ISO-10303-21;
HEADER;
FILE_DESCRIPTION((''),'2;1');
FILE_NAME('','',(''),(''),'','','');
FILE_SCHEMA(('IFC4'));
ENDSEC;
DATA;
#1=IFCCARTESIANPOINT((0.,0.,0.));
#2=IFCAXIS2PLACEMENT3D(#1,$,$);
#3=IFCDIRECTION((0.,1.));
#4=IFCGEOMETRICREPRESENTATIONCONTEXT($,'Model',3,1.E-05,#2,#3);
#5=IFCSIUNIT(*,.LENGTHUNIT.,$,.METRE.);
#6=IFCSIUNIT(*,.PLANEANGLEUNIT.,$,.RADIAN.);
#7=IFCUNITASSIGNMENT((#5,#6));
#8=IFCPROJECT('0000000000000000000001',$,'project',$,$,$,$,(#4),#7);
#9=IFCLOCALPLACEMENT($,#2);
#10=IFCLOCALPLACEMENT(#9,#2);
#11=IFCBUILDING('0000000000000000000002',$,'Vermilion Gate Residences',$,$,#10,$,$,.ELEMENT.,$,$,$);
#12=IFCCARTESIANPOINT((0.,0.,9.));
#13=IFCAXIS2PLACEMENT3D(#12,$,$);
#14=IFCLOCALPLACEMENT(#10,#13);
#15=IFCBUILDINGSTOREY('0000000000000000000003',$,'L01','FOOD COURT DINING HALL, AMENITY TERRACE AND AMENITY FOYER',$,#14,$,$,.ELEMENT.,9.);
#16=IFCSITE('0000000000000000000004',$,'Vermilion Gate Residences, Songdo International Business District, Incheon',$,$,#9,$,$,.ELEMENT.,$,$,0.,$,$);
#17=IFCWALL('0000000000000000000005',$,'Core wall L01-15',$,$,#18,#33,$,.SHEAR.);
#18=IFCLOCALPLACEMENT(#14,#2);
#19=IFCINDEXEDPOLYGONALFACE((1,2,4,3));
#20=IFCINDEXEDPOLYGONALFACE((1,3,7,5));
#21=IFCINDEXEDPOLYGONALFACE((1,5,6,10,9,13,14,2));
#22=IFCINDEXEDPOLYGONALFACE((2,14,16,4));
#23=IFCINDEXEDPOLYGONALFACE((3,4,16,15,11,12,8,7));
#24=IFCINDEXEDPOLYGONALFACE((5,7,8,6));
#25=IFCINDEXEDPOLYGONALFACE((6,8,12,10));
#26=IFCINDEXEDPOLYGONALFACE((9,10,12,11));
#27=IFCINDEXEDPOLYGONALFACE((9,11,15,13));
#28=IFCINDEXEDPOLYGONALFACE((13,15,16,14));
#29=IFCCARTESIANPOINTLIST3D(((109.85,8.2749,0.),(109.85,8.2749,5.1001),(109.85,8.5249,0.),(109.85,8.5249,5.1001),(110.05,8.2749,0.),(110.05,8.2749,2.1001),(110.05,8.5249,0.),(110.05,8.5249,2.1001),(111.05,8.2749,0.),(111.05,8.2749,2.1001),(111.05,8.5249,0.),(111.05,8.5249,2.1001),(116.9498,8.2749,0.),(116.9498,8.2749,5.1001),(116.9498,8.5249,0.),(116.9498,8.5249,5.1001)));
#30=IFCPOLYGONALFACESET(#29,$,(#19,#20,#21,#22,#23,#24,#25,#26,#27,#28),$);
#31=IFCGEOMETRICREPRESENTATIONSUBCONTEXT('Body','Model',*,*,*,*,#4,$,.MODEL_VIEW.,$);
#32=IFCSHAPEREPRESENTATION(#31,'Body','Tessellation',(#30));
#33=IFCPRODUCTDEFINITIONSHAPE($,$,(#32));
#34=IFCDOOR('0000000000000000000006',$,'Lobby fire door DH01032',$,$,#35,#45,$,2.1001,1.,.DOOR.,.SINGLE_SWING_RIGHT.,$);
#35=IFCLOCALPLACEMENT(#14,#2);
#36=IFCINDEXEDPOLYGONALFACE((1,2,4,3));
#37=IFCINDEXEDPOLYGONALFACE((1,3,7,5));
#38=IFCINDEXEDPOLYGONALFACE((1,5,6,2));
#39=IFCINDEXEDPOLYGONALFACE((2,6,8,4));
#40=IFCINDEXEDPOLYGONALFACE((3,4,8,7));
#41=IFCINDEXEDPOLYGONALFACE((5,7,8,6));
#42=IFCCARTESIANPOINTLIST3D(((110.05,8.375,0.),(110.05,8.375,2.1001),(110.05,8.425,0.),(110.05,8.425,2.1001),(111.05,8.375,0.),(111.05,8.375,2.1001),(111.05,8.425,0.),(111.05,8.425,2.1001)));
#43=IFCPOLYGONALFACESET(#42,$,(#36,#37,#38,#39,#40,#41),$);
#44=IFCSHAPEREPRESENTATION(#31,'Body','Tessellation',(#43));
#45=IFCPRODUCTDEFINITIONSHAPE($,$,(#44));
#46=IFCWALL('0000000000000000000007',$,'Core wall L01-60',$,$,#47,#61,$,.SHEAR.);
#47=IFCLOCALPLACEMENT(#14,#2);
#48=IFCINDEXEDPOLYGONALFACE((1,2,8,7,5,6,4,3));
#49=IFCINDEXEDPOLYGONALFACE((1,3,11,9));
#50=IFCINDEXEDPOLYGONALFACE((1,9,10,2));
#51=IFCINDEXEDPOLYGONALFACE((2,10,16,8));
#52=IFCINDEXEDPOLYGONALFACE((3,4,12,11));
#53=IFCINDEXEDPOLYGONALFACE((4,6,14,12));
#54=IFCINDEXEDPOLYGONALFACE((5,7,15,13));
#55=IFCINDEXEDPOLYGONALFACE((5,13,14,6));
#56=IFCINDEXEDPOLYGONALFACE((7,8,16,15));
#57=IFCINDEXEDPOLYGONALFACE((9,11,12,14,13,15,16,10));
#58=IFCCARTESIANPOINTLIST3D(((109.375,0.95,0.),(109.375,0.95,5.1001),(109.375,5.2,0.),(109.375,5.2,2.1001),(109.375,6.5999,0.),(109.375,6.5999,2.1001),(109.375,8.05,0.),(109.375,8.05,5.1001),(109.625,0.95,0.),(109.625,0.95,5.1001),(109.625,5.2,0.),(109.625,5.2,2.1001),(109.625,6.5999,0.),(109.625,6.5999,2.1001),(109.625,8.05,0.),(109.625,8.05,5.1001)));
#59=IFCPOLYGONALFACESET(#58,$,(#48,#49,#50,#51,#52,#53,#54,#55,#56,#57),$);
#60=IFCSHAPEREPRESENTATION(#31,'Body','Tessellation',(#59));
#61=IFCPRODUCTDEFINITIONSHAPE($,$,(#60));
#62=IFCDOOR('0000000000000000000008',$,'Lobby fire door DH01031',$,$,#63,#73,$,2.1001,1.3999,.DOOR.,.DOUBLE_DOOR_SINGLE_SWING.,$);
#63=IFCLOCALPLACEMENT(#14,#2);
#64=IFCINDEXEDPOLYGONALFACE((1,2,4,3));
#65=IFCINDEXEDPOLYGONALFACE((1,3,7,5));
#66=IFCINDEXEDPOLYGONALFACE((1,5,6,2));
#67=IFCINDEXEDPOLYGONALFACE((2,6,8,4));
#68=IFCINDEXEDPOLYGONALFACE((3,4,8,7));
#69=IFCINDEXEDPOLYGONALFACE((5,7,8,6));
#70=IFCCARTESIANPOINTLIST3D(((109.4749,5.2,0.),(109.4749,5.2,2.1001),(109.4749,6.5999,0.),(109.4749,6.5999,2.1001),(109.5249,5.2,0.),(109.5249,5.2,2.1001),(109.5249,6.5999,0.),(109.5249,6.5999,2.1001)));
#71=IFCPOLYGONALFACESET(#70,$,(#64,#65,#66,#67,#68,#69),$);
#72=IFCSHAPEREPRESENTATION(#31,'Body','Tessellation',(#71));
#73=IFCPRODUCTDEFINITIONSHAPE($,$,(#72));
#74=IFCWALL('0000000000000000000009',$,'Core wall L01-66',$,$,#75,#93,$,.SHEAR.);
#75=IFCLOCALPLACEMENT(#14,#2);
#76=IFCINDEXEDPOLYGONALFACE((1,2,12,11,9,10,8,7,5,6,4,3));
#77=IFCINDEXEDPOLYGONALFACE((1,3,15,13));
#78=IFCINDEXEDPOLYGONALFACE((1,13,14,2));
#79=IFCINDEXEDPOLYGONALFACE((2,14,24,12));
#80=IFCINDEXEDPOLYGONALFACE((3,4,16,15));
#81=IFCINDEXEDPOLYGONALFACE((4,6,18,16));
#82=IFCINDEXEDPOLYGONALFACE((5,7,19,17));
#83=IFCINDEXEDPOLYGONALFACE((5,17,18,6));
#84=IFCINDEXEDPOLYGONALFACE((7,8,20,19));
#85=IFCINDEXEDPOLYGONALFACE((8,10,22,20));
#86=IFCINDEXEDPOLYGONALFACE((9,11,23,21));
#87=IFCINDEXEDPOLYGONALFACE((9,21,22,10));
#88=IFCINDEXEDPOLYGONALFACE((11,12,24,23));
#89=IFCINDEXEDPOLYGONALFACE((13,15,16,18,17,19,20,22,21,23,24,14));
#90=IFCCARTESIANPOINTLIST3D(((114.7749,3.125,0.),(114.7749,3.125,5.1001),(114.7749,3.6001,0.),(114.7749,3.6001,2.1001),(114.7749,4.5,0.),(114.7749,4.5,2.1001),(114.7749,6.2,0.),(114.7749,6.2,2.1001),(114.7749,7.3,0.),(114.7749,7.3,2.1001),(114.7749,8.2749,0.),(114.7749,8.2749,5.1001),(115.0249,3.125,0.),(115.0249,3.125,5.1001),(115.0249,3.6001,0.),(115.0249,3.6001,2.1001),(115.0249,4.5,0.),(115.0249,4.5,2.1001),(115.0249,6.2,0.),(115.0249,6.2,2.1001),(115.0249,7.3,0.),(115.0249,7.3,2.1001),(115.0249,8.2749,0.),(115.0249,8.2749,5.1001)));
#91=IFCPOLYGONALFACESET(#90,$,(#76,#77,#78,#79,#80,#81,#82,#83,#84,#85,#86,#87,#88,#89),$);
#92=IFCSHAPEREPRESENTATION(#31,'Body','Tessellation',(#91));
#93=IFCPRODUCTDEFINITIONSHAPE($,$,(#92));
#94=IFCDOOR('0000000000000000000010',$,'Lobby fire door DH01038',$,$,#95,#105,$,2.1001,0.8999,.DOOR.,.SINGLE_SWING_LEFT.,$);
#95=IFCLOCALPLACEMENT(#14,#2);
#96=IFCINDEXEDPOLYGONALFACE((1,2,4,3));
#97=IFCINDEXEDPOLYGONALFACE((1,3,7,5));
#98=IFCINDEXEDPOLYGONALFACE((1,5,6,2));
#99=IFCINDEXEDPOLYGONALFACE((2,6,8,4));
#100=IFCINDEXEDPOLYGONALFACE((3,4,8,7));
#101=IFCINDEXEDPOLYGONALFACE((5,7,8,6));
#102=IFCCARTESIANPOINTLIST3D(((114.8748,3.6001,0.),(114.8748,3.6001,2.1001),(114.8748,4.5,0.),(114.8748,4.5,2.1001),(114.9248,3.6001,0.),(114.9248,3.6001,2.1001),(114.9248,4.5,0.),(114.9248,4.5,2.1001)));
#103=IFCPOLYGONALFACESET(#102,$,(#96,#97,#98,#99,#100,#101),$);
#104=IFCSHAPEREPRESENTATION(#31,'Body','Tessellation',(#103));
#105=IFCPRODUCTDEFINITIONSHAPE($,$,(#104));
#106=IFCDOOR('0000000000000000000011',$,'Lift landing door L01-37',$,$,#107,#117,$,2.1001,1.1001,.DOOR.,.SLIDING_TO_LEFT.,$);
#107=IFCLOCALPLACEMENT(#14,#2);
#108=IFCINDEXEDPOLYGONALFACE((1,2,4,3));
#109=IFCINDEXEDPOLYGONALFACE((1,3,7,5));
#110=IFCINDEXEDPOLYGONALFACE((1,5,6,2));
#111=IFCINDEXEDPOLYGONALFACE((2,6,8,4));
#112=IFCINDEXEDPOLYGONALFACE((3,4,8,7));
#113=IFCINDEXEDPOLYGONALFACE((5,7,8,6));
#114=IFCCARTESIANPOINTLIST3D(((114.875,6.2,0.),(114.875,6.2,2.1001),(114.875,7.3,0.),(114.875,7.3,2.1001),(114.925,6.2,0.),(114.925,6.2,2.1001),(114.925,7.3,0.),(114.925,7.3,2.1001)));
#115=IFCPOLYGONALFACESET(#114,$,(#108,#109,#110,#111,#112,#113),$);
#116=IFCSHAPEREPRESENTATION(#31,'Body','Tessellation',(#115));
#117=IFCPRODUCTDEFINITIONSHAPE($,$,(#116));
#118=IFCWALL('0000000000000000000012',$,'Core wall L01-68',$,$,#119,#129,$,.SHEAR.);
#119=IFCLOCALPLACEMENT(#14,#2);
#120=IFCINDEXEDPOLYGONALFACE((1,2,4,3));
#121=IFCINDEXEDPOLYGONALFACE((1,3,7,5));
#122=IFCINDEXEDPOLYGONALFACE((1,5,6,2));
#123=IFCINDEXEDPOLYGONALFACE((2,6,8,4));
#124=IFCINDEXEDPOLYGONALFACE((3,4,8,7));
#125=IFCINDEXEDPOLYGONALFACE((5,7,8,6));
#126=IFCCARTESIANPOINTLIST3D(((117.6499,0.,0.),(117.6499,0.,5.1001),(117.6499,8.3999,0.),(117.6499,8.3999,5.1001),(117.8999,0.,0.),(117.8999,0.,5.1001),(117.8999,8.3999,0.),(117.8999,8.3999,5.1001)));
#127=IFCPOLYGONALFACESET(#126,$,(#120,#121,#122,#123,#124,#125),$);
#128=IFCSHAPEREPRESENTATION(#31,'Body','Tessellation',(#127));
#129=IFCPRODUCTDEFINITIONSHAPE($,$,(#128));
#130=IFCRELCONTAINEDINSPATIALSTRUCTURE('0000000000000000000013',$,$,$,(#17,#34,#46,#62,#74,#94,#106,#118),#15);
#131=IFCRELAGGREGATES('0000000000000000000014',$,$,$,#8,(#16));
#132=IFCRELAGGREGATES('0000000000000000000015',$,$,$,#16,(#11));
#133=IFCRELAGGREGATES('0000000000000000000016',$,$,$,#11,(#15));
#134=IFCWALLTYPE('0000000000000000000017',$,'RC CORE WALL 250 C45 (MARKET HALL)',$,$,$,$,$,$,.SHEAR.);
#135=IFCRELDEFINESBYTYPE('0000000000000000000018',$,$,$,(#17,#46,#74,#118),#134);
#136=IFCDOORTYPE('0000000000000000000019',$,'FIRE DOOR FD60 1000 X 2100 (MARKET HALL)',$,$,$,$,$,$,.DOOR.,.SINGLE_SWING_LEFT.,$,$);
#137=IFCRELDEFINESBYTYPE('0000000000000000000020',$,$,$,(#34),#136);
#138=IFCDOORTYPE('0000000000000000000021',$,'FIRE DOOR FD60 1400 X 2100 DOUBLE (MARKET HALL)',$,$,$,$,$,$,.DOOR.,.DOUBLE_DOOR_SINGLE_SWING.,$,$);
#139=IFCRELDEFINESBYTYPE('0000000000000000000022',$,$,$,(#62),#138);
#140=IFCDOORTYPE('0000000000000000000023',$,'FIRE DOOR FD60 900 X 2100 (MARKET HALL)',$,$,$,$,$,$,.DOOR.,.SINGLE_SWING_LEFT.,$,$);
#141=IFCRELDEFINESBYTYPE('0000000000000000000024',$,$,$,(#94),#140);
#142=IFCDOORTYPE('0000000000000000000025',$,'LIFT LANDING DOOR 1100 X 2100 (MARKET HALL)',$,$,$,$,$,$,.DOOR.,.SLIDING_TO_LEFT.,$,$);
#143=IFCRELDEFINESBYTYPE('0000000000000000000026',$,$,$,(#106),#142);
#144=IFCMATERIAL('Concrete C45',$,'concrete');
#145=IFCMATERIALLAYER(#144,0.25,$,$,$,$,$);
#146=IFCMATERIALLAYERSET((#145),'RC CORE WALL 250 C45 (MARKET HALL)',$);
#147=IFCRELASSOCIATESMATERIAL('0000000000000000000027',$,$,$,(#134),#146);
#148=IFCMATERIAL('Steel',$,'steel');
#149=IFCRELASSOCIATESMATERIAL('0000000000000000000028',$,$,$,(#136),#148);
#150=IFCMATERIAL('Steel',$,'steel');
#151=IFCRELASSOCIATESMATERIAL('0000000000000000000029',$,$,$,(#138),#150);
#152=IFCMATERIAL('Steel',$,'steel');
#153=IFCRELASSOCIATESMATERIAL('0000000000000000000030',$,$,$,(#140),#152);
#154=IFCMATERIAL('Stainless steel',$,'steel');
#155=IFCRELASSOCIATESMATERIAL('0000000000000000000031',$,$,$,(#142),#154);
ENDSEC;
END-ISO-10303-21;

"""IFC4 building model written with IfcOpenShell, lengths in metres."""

from ifc_helpers import new_model, si_unit, direction, frame, frame_2d, origin, place, context, subcontext, project, spatial, rectangle, extrude, material, layer, layer_set, type_object, element, fill, save


model = new_model("IFC4")

# Units and contexts
model_context = context("Model", 3, precision=1e-05, world=origin(), true_north=direction((0.0, 1.0)))
body_context = subcontext(model_context, "Body", "Model", "MODEL_VIEW")
ifc_project = project(units=[si_unit("LENGTHUNIT", "METRE"), si_unit("PLANEANGLEUNIT", "RADIAN")], contexts=[model_context])

# Site, building, storey
site_placement = place(None, origin())
site = spatial("IfcSite", under=ifc_project, at=site_placement, Name="Vermilion Gate Residences, Songdo International Business District, Incheon", CompositionType="ELEMENT", RefElevation=0.0)
building_placement = place(site_placement, origin())
building = spatial("IfcBuilding", under=site, at=building_placement, Name="Vermilion Gate Residences", CompositionType="ELEMENT")
storey_placement = place(building_placement, frame((0.0, 0.0, 9.0)))
storey = spatial("IfcBuildingStorey", under=building, at=storey_placement, Name="L01", Description="FOOD COURT DINING HALL, AMENITY TERRACE AND AMENITY FOYER", CompositionType="ELEMENT", Elevation=9.0)

# Shared definitions
ifc_material_1 = material(Name="Concrete C45", Category="concrete")
ifc_layer_1 = layer(ifc_material_1, 0.25)
ifc_layer_set_1 = layer_set([ifc_layer_1], Name="RC CORE WALL 250 C45 (MARKET HALL)")
wall_type_1 = type_object("IfcWallType", Name="RC CORE WALL 250 C45 (MARKET HALL)", PredefinedType="SHEAR", material=ifc_layer_set_1)

# Walls, openings, doors
wall_1_placement = place(storey_placement, frame((109.8501, 8.3999, 0.0), z_axis=(0.0, 0.0, 1.0), x_axis=(1.0, 0.0, 0.0)))
wall_1 = element("IfcWall", 1, at=wall_1_placement, inside=storey, type_object=wall_type_1, Name="Core wall L01-15", PredefinedType="SHEAR", context=body_context, shape_type="SweptSolid", body=[
    extrude(rectangle(XDim=7.0999, YDim=0.25, at=frame_2d((3.5498, 0.0))), origin(), (0.0, 0.0, 1.0), 5.1001),
])
opening_1_placement = place(wall_1_placement, frame((0.2, 0.0, 0.0)))
opening_1 = element("IfcOpeningElement", 2, at=opening_1_placement, cuts=wall_1, PredefinedType="OPENING", context=body_context, shape_type="SweptSolid", body=[
    extrude(rectangle(XDim=1.0, YDim=2.1001, at=frame_2d((0.5, 1.05))), frame((0.0, 0.135, 0.0), z_axis=(0.0, -1.0, 0.0), x_axis=(1.0, 0.0, 0.0)), (0.0, 0.0, 1.0), 0.27),
])
ifc_material_2 = material(Name="Steel", Category="steel")
door_type_1 = type_object("IfcDoorType", Name="FIRE DOOR FD60 1000 X 2100 (MARKET HALL)", OperationType="SINGLE_SWING_LEFT", PredefinedType="DOOR", material=ifc_material_2)
door_1_placement = place(opening_1_placement, frame((1.0, 0.0, 0.0), z_axis=(0.0, 0.0, 1.0), x_axis=(-1.0, 0.0, 0.0)))
door_1 = element("IfcDoor", 3, at=door_1_placement, inside=storey, type_object=door_type_1, Name="Lobby fire door DH01032", OperationType="SINGLE_SWING_RIGHT", OverallHeight=2.1001, OverallWidth=1.0, PredefinedType="DOOR", context=body_context, shape_type="SweptSolid", body=[
    extrude(rectangle(XDim=1.0, YDim=2.1001, at=frame_2d((0.5, 1.05))), frame((0.0, 0.0249, 0.0), z_axis=(0.0, -1.0, 0.0), x_axis=(1.0, 0.0, 0.0)), (0.0, 0.0, 1.0), 0.05),
])
fill(opening_1, door_1)
wall_2_placement = place(storey_placement, frame((109.5, 0.95, 0.0), z_axis=(0.0, 0.0, 1.0), x_axis=(0.0, 1.0, 0.0)))
wall_2 = element("IfcWall", 4, at=wall_2_placement, inside=storey, type_object=wall_type_1, Name="Core wall L01-60", PredefinedType="SHEAR", context=body_context, shape_type="SweptSolid", body=[
    extrude(rectangle(XDim=7.1001, YDim=0.25, at=frame_2d((3.55, 0.0))), origin(), (0.0, 0.0, 1.0), 5.1001),
])
opening_2_placement = place(wall_2_placement, frame((4.25, 0.0, 0.0)))
opening_2 = element("IfcOpeningElement", 5, at=opening_2_placement, cuts=wall_2, PredefinedType="OPENING", context=body_context, shape_type="SweptSolid", body=[
    extrude(rectangle(XDim=1.3999, YDim=2.1001, at=frame_2d((0.7, 1.05))), frame((0.0, 0.135, 0.0), z_axis=(0.0, -1.0, 0.0), x_axis=(1.0, 0.0, 0.0)), (0.0, 0.0, 1.0), 0.27),
])
ifc_material_3 = material(Name="Steel", Category="steel")
door_type_2 = type_object("IfcDoorType", Name="FIRE DOOR FD60 1400 X 2100 DOUBLE (MARKET HALL)", OperationType="DOUBLE_DOOR_SINGLE_SWING", PredefinedType="DOOR", material=ifc_material_3)
door_2_placement = place(opening_2_placement, frame((1.3999, 0.0, 0.0), z_axis=(0.0, 0.0, 1.0), x_axis=(-1.0, 0.0, 0.0)))
door_2 = element("IfcDoor", 6, at=door_2_placement, inside=storey, type_object=door_type_2, Name="Lobby fire door DH01031", OperationType="DOUBLE_DOOR_SINGLE_SWING", OverallHeight=2.1001, OverallWidth=1.3999, PredefinedType="DOOR", context=body_context, shape_type="SweptSolid", body=[
    extrude(rectangle(XDim=1.3999, YDim=2.1001, at=frame_2d((0.7, 1.05))), frame((0.0, 0.0249, 0.0), z_axis=(0.0, -1.0, 0.0), x_axis=(1.0, 0.0, 0.0)), (0.0, 0.0, 1.0), 0.05),
])
fill(opening_2, door_2)

# Wall, openings, doors
wall_3_placement = place(storey_placement, frame((114.8999, 3.125, 0.0), z_axis=(0.0, 0.0, 1.0), x_axis=(0.0, 1.0, 0.0)))
wall_3 = element("IfcWall", 7, at=wall_3_placement, inside=storey, type_object=wall_type_1, Name="Core wall L01-66", PredefinedType="SHEAR", context=body_context, shape_type="SweptSolid", body=[
    extrude(rectangle(XDim=5.1499, YDim=0.25, at=frame_2d((2.575, 0.0))), origin(), (0.0, 0.0, 1.0), 5.1001),
])
opening_3_placement = place(wall_3_placement, frame((3.075, 0.0, 0.0)))
opening_3 = element("IfcOpeningElement", 8, at=opening_3_placement, cuts=wall_3, PredefinedType="OPENING", context=body_context, shape_type="SweptSolid", body=[
    extrude(rectangle(XDim=1.1001, YDim=2.1001, at=frame_2d((0.55, 1.05))), frame((0.0, 0.135, 0.0), z_axis=(0.0, -1.0, 0.0), x_axis=(1.0, 0.0, 0.0)), (0.0, 0.0, 1.0), 0.27),
])
opening_4_placement = place(wall_3_placement, frame((0.4751, 0.0, 0.0)))
opening_4 = element("IfcOpeningElement", 9, at=opening_4_placement, cuts=wall_3, PredefinedType="OPENING", context=body_context, shape_type="SweptSolid", body=[
    extrude(rectangle(XDim=0.8999, YDim=2.1001, at=frame_2d((0.45, 1.05))), frame((0.0, 0.135, 0.0), z_axis=(0.0, -1.0, 0.0), x_axis=(1.0, 0.0, 0.0)), (0.0, 0.0, 1.0), 0.27),
])
ifc_material_4 = material(Name="Steel", Category="steel")
door_type_3 = type_object("IfcDoorType", Name="FIRE DOOR FD60 900 X 2100 (MARKET HALL)", OperationType="SINGLE_SWING_LEFT", PredefinedType="DOOR", material=ifc_material_4)
door_3_placement = place(opening_4_placement, frame((0.8999, 0.0, 0.0), z_axis=(0.0, 0.0, 1.0), x_axis=(-1.0, 0.0, 0.0)))
door_3 = element("IfcDoor", 10, at=door_3_placement, inside=storey, type_object=door_type_3, Name="Lobby fire door DH01038", OperationType="SINGLE_SWING_LEFT", OverallHeight=2.1001, OverallWidth=0.8999, PredefinedType="DOOR", context=body_context, shape_type="SweptSolid", body=[
    extrude(rectangle(XDim=0.8999, YDim=2.1001, at=frame_2d((0.45, 1.05))), frame((0.0, 0.0249, 0.0), z_axis=(0.0, -1.0, 0.0), x_axis=(1.0, 0.0, 0.0)), (0.0, 0.0, 1.0), 0.05),
])
fill(opening_4, door_3)
ifc_material_5 = material(Name="Stainless steel", Category="steel")
door_type_4 = type_object("IfcDoorType", Name="LIFT LANDING DOOR 1100 X 2100 (MARKET HALL)", OperationType="SLIDING_TO_LEFT", PredefinedType="DOOR", material=ifc_material_5)
door_4_placement = place(opening_3_placement, origin())
door_4 = element("IfcDoor", 11, at=door_4_placement, inside=storey, type_object=door_type_4, Name="Lift landing door L01-37", OperationType="SLIDING_TO_LEFT", OverallHeight=2.1001, OverallWidth=1.1001, PredefinedType="DOOR", context=body_context, shape_type="SweptSolid", body=[
    extrude(rectangle(XDim=1.1001, YDim=2.1001, at=frame_2d((0.55, 1.05))), frame((0.0, 0.0249, 0.0), z_axis=(0.0, -1.0, 0.0), x_axis=(1.0, 0.0, 0.0)), (0.0, 0.0, 1.0), 0.05),
])
fill(opening_3, door_4)

# Wall
wall_4_placement = place(storey_placement, frame((117.7749, 0.0, 0.0), z_axis=(0.0, 0.0, 1.0), x_axis=(0.0, 1.0, 0.0)))
element("IfcWall", 12, at=wall_4_placement, inside=storey, type_object=wall_type_1, Name="Core wall L01-68", PredefinedType="SHEAR", context=body_context, shape_type="SweptSolid", body=[
    extrude(rectangle(XDim=8.3999, YDim=0.25, at=frame_2d((4.2, 0.0))), origin(), (0.0, 0.0, 1.0), 5.1001),
])

save(model, "model.ifc")
